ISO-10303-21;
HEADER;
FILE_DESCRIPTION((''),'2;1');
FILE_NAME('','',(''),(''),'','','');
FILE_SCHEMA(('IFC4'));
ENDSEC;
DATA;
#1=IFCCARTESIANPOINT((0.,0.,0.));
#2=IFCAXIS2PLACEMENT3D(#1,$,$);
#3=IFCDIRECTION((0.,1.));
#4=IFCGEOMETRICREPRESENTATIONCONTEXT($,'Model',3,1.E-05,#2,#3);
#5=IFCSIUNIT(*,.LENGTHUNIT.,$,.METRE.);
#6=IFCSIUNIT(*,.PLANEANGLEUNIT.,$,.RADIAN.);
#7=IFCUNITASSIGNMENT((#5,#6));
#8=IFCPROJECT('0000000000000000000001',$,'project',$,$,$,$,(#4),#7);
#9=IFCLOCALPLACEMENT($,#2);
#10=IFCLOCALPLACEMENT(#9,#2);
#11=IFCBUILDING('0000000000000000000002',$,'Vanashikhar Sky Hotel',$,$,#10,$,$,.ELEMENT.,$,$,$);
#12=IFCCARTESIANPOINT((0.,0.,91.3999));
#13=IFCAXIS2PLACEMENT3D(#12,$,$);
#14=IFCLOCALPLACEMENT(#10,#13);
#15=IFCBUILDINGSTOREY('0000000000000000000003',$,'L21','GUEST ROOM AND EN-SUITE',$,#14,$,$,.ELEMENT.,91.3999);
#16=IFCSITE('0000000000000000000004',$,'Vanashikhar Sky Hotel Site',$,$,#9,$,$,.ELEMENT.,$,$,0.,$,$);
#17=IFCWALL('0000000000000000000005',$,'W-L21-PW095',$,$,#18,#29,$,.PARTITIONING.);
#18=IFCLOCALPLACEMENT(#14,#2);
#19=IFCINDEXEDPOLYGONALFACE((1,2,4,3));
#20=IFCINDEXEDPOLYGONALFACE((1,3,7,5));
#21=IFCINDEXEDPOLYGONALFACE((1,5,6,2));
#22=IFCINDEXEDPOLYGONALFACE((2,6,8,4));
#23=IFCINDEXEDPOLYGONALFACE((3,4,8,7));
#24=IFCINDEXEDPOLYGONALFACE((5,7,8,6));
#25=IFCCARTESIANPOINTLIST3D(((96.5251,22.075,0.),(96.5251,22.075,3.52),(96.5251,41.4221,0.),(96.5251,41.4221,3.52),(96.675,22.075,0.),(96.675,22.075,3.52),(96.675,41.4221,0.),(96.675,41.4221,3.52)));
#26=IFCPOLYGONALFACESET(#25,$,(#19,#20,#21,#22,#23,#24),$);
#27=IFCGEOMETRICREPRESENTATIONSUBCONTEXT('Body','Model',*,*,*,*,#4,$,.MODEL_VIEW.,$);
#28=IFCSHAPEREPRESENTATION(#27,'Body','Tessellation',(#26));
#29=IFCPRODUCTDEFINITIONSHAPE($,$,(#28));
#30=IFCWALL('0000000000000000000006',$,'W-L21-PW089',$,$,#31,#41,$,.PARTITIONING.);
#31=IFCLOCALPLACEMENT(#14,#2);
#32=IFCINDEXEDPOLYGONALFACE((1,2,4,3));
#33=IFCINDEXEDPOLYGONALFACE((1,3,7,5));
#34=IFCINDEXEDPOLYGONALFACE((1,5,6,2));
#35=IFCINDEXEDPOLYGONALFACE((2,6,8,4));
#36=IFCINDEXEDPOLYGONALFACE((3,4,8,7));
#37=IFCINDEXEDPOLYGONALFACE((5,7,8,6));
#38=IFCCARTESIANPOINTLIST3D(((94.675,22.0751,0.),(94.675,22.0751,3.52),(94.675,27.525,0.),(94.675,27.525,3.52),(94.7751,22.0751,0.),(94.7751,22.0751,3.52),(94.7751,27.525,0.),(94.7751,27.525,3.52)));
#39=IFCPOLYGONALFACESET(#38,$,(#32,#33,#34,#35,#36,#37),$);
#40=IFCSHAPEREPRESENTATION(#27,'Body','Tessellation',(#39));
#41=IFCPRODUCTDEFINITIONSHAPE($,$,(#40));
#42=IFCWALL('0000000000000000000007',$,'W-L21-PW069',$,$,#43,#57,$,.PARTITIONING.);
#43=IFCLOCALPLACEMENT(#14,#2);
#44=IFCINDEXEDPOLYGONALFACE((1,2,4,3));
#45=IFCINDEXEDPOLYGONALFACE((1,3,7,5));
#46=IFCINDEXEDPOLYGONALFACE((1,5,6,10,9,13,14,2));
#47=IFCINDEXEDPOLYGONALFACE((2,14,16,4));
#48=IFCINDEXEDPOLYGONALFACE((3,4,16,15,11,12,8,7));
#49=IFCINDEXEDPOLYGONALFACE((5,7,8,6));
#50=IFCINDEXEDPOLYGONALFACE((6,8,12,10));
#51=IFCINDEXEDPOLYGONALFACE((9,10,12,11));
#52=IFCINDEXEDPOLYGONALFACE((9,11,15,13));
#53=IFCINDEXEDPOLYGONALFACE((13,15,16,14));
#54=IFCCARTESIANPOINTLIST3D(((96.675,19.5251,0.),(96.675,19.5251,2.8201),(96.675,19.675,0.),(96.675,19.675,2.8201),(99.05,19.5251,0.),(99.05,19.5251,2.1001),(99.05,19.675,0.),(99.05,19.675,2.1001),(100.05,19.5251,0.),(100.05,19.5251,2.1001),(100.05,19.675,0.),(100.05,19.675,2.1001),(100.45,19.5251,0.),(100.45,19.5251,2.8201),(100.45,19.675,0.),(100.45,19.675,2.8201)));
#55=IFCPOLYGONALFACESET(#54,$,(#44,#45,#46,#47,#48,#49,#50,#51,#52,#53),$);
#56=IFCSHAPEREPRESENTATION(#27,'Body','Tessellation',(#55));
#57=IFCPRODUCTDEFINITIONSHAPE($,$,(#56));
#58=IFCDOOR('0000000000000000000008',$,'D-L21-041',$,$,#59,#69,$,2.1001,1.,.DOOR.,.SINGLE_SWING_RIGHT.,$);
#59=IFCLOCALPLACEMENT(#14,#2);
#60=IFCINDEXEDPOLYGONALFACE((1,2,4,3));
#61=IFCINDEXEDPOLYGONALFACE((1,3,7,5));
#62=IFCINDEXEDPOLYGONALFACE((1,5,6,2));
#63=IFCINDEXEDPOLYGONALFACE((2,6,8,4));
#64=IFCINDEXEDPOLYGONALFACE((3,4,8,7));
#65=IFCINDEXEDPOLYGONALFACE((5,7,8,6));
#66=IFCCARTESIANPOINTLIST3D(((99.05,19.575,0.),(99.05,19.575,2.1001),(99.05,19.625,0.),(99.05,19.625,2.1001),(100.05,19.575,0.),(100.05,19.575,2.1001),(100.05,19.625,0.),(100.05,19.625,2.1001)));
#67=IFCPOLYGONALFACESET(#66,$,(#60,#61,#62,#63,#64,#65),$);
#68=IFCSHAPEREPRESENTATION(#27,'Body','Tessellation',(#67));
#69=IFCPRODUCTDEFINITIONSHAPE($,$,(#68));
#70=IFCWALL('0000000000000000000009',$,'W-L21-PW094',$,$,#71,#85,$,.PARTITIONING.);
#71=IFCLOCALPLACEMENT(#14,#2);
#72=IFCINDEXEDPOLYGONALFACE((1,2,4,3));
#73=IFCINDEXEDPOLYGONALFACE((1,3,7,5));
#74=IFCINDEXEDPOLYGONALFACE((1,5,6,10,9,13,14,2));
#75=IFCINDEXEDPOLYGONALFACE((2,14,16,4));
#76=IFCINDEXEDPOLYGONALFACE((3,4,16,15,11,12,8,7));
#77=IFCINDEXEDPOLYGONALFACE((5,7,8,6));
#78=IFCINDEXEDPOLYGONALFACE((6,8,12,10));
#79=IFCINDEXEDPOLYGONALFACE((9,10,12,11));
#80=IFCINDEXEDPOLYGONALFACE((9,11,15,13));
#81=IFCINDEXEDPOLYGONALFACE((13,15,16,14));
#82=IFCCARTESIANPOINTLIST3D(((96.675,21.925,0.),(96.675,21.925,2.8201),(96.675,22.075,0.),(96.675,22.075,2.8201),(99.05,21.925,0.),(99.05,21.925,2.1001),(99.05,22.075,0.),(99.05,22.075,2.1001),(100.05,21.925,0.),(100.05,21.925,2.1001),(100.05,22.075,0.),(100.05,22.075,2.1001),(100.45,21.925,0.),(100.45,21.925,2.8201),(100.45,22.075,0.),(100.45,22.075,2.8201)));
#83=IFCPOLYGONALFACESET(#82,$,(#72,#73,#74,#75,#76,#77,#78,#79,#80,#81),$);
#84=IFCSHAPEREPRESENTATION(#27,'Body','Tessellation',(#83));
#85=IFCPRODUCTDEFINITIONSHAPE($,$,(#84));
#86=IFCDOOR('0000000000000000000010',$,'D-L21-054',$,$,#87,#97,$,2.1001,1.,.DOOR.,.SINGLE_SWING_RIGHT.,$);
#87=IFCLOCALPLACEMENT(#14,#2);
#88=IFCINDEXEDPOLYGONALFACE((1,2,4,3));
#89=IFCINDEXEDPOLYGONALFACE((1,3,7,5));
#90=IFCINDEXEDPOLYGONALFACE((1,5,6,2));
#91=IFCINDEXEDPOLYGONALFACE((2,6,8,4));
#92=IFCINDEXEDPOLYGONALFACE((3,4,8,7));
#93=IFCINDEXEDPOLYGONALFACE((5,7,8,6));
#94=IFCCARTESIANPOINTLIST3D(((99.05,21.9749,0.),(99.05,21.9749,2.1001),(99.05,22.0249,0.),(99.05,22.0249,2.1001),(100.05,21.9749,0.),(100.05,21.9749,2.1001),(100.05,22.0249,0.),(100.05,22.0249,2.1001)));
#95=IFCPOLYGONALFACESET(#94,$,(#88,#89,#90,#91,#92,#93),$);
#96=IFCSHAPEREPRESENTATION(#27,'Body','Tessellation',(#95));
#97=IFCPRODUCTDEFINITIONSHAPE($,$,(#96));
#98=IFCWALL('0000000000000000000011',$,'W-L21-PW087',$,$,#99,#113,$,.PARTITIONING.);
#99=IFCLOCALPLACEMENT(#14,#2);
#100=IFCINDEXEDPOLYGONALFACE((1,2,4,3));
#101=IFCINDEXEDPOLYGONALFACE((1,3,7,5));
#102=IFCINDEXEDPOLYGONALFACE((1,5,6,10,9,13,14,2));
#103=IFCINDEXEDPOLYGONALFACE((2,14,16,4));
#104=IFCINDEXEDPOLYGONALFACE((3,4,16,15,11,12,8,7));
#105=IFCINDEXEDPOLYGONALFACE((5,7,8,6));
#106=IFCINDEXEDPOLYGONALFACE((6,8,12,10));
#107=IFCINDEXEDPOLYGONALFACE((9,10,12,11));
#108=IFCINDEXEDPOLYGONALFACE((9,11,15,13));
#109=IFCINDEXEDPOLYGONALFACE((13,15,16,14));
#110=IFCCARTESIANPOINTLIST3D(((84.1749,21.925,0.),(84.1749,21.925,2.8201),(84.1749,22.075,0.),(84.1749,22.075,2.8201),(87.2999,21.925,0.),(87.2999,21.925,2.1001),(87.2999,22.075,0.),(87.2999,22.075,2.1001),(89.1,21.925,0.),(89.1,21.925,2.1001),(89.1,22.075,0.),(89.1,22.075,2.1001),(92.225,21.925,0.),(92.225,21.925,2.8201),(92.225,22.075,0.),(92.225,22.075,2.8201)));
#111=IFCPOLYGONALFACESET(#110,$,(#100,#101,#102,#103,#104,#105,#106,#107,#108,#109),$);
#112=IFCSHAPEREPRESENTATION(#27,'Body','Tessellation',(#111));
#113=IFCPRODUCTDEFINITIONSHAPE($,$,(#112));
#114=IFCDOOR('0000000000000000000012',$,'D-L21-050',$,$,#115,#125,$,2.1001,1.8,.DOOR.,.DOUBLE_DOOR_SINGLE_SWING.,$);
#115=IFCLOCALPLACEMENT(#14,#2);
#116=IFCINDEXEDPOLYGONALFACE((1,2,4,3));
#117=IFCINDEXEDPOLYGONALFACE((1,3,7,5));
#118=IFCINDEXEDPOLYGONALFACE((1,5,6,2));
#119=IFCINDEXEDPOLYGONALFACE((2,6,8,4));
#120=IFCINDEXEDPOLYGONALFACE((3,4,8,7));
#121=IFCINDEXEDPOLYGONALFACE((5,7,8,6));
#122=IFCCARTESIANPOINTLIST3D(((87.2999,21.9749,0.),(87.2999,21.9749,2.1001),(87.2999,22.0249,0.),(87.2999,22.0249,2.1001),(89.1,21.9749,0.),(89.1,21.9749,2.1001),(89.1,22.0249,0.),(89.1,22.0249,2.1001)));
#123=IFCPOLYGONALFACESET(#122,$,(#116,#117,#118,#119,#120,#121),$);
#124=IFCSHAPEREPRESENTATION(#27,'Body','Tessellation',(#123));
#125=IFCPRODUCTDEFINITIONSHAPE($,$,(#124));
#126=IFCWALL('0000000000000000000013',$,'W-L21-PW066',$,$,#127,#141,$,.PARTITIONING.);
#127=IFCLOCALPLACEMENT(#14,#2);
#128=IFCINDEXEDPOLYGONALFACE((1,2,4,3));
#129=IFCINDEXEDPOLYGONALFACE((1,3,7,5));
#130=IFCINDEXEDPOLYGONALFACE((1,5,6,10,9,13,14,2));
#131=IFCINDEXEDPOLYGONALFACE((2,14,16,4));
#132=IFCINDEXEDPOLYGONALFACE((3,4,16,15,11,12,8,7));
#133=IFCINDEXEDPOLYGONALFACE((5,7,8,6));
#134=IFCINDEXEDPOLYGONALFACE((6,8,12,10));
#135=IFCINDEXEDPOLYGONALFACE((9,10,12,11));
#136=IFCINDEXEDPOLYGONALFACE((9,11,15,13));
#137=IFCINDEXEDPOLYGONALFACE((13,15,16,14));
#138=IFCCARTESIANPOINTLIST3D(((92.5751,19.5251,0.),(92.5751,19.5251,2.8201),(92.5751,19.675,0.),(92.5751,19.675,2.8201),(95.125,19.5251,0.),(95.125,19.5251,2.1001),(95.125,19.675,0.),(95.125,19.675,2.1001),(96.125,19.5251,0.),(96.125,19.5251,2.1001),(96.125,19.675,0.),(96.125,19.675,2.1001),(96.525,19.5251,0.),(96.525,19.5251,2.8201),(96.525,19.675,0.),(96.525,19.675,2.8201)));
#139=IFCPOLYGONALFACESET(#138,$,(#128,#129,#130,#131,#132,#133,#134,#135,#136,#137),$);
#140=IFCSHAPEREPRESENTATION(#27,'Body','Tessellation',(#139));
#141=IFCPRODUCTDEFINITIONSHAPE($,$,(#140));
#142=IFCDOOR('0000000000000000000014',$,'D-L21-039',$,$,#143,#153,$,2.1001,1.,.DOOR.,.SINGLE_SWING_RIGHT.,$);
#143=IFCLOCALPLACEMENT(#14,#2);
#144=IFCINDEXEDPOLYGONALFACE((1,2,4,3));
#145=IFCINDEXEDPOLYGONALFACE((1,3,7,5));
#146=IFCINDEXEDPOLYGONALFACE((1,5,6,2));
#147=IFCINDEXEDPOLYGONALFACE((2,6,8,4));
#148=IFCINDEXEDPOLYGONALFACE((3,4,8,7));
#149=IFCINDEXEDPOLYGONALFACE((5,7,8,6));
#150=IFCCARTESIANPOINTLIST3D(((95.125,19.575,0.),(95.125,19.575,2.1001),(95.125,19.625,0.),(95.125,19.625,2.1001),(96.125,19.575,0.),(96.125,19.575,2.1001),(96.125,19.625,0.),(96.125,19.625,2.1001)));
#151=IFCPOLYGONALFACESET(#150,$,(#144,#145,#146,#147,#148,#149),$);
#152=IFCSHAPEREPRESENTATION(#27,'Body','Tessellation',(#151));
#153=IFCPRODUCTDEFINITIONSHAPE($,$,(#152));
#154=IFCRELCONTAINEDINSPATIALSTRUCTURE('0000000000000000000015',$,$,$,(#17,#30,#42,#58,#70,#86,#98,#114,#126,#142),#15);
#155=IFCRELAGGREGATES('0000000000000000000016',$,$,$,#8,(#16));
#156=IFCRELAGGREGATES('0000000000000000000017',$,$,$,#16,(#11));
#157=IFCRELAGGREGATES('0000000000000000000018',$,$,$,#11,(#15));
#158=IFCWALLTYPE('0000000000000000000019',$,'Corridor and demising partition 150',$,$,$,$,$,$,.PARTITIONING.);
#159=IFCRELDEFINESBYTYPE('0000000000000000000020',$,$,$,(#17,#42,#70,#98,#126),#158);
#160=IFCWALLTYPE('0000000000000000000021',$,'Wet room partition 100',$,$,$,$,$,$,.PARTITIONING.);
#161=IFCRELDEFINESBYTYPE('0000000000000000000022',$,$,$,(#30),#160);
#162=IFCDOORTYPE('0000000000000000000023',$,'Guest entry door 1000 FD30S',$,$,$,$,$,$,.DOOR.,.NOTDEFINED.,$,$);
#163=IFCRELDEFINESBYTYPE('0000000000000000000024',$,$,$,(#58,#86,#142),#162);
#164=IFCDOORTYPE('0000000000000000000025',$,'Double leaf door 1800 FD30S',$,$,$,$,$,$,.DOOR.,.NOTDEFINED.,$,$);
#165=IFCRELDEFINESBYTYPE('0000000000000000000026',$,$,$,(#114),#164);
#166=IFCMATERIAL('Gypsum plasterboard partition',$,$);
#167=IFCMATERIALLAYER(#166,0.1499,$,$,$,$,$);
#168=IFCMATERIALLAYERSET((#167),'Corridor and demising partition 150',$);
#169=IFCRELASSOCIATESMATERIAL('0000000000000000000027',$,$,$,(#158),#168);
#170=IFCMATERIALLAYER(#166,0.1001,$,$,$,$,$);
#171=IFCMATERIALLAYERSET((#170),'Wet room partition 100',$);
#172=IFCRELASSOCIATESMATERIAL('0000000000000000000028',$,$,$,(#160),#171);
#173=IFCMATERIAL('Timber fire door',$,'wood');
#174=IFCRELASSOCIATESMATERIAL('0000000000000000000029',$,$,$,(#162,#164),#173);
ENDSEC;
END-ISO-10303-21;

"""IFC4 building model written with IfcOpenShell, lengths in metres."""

from ifc_helpers import new_model, si_unit, direction, frame, frame_2d, origin, place, context, subcontext, project, spatial, rectangle, extrude, source, transform, mapped, material, layer, layer_set, type_object, element, fill, save


model = new_model("IFC4")

# Units and contexts
model_context = context("Model", 3, precision=1e-05, world=origin(), true_north=direction((0.0, 1.0)))
body_context = subcontext(model_context, "Body", "Model", "MODEL_VIEW")
ifc_project = project(units=[si_unit("LENGTHUNIT", "METRE"), si_unit("PLANEANGLEUNIT", "RADIAN")], contexts=[model_context])

# Site, building, storey
site_placement = place(None, origin())
site = spatial("IfcSite", under=ifc_project, at=site_placement, Name="Vanashikhar Sky Hotel Site", CompositionType="ELEMENT", RefElevation=0.0)
building_placement = place(site_placement, origin())
building = spatial("IfcBuilding", under=site, at=building_placement, Name="Vanashikhar Sky Hotel", CompositionType="ELEMENT")
storey_placement = place(building_placement, frame((0.0, 0.0, 91.3999)))
storey = spatial("IfcBuildingStorey", under=building, at=storey_placement, Name="L21", Description="GUEST ROOM AND EN-SUITE", CompositionType="ELEMENT", Elevation=91.3999)

# Walls
ifc_material_1 = material(Name="Gypsum plasterboard partition")
ifc_layer_1 = layer(ifc_material_1, 0.1499)
ifc_layer_set_1 = layer_set([ifc_layer_1], Name="Corridor and demising partition 150")
wall_type_1 = type_object("IfcWallType", Name="Corridor and demising partition 150", PredefinedType="PARTITIONING", material=ifc_layer_set_1)
shared_shape_1 = source(origin(), body_context, "Body", "SweptSolid", [
    extrude(rectangle(XDim=19.3472, YDim=0.1499, at=frame_2d((9.6736, 0.0))), origin(), (0.0, 0.0, 1.0), 3.52),
])
wall_1_placement = place(storey_placement, frame((96.6001, 22.075, 0.0), z_axis=(0.0, 0.0, 1.0), x_axis=(0.0, 1.0, 0.0)))
element("IfcWall", 1, at=wall_1_placement, inside=storey, type_object=wall_type_1, Name="W-L21-PW095", PredefinedType="PARTITIONING", context=body_context, shape_type="MappedRepresentation", body=[
    mapped(shared_shape_1, transform((0.0, 0.0, 0.0), scale=1.0)),
])
ifc_layer_2 = layer(ifc_material_1, 0.1001)
ifc_layer_set_2 = layer_set([ifc_layer_2], Name="Wet room partition 100")
wall_type_2 = type_object("IfcWallType", Name="Wet room partition 100", PredefinedType="PARTITIONING", material=ifc_layer_set_2)
shared_shape_2 = source(origin(), body_context, "Body", "SweptSolid", [
    extrude(rectangle(XDim=5.45, YDim=0.1001, at=frame_2d((2.7251, 0.0))), origin(), (0.0, 0.0, 1.0), 3.52),
])
wall_2_placement = place(storey_placement, frame((94.7251, 22.075, 0.0), z_axis=(0.0, 0.0, 1.0), x_axis=(0.0, 1.0, 0.0)))
element("IfcWall", 2, at=wall_2_placement, inside=storey, type_object=wall_type_2, Name="W-L21-PW089", PredefinedType="PARTITIONING", context=body_context, shape_type="MappedRepresentation", body=[
    mapped(shared_shape_2, transform((0.0, 0.0, 0.0), scale=1.0)),
])

# Walls, openings, doors
shared_shape_3 = source(origin(), body_context, "Body", "SweptSolid", [
    extrude(rectangle(XDim=3.7749, YDim=0.1499, at=frame_2d((1.8875, 0.0))), origin(), (0.0, 0.0, 1.0), 2.8201),
])
wall_3_placement = place(storey_placement, frame((96.675, 19.6001, 0.0), z_axis=(0.0, 0.0, 1.0), x_axis=(1.0, 0.0, 0.0)))
wall_3 = element("IfcWall", 3, at=wall_3_placement, inside=storey, type_object=wall_type_1, Name="W-L21-PW069", PredefinedType="PARTITIONING", context=body_context, shape_type="MappedRepresentation", body=[
    mapped(shared_shape_3, transform((0.0, 0.0, 0.0), scale=1.0)),
])
shared_shape_4 = source(origin(), body_context, "Body", "SweptSolid", [
    extrude(rectangle(XDim=1.0, YDim=2.1001, at=frame_2d((0.5, 1.05))), frame((0.0, 0.085, 0.0), z_axis=(0.0, -1.0, 0.0), x_axis=(1.0, 0.0, 0.0)), (0.0, 0.0, 1.0), 0.1699),
])
opening_1_placement = place(wall_3_placement, frame((2.375, 0.0, 0.0)))
opening_1 = element("IfcOpeningElement", 4, at=opening_1_placement, cuts=wall_3, PredefinedType="OPENING", context=body_context, shape_type="MappedRepresentation", body=[
    mapped(shared_shape_4, transform((0.0, 0.0, 0.0), scale=1.0)),
])
ifc_material_2 = material(Name="Timber fire door", Category="wood")
door_type_1 = type_object("IfcDoorType", Name="Guest entry door 1000 FD30S", OperationType="NOTDEFINED", PredefinedType="DOOR", material=ifc_material_2)
shared_shape_5 = source(origin(), body_context, "Body", "SweptSolid", [
    extrude(rectangle(XDim=1.0, YDim=2.1001, at=frame_2d((0.5, 1.05))), frame((0.0, 0.0249, 0.0), z_axis=(0.0, -1.0, 0.0), x_axis=(1.0, 0.0, 0.0)), (0.0, 0.0, 1.0), 0.05),
])
door_1_placement = place(opening_1_placement, origin())
door_1 = element("IfcDoor", 5, at=door_1_placement, inside=storey, type_object=door_type_1, Name="D-L21-041", OperationType="SINGLE_SWING_RIGHT", OverallHeight=2.1001, OverallWidth=1.0, PredefinedType="DOOR", context=body_context, shape_type="MappedRepresentation", body=[
    mapped(shared_shape_5, transform((0.0, 0.0, 0.0), scale=1.0)),
])
fill(opening_1, door_1)
wall_4_placement = place(storey_placement, frame((96.675, 22.0, 0.0), z_axis=(0.0, 0.0, 1.0), x_axis=(1.0, 0.0, 0.0)))
wall_4 = element("IfcWall", 6, at=wall_4_placement, inside=storey, type_object=wall_type_1, Name="W-L21-PW094", PredefinedType="PARTITIONING", context=body_context, shape_type="MappedRepresentation", body=[
    mapped(shared_shape_3, transform((0.0, 0.0, 0.0), scale=1.0)),
])
opening_2_placement = place(wall_4_placement, frame((2.375, 0.0, 0.0)))
opening_2 = element("IfcOpeningElement", 7, at=opening_2_placement, cuts=wall_4, PredefinedType="OPENING", context=body_context, shape_type="MappedRepresentation", body=[
    mapped(shared_shape_4, transform((0.0, 0.0, 0.0), scale=1.0)),
])
door_2_placement = place(opening_2_placement, origin())
door_2 = element("IfcDoor", 8, at=door_2_placement, inside=storey, type_object=door_type_1, Name="D-L21-054", OperationType="SINGLE_SWING_RIGHT", OverallHeight=2.1001, OverallWidth=1.0, PredefinedType="DOOR", context=body_context, shape_type="MappedRepresentation", body=[
    mapped(shared_shape_5, transform((0.0, 0.0, 0.0), scale=1.0)),
])
fill(opening_2, door_2)
shared_shape_6 = source(origin(), body_context, "Body", "SweptSolid", [
    extrude(rectangle(XDim=8.05, YDim=0.1499, at=frame_2d((4.0249, 0.0))), origin(), (0.0, 0.0, 1.0), 2.8201),
])
wall_5_placement = place(storey_placement, frame((84.175, 22.0, 0.0), z_axis=(0.0, 0.0, 1.0), x_axis=(1.0, 0.0, 0.0)))
wall_5 = element("IfcWall", 9, at=wall_5_placement, inside=storey, type_object=wall_type_1, Name="W-L21-PW087", PredefinedType="PARTITIONING", context=body_context, shape_type="MappedRepresentation", body=[
    mapped(shared_shape_6, transform((0.0, 0.0, 0.0), scale=1.0)),
])
shared_shape_7 = source(origin(), body_context, "Body", "SweptSolid", [
    extrude(rectangle(XDim=1.8, YDim=2.1001, at=frame_2d((0.8999, 1.05))), frame((0.0, 0.085, 0.0), z_axis=(0.0, -1.0, 0.0), x_axis=(1.0, 0.0, 0.0)), (0.0, 0.0, 1.0), 0.1699),
])
opening_3_placement = place(wall_5_placement, frame((3.125, 0.0, 0.0)))
opening_3 = element("IfcOpeningElement", 10, at=opening_3_placement, cuts=wall_5, PredefinedType="OPENING", context=body_context, shape_type="MappedRepresentation", body=[
    mapped(shared_shape_7, transform((0.0, 0.0, 0.0), scale=1.0)),
])
door_type_2 = type_object("IfcDoorType", Name="Double leaf door 1800 FD30S", OperationType="NOTDEFINED", PredefinedType="DOOR", material=ifc_material_2)
shared_shape_8 = source(origin(), body_context, "Body", "SweptSolid", [
    extrude(rectangle(XDim=1.8, YDim=2.1001, at=frame_2d((0.8999, 1.05))), frame((0.0, 0.0249, 0.0), z_axis=(0.0, -1.0, 0.0), x_axis=(1.0, 0.0, 0.0)), (0.0, 0.0, 1.0), 0.05),
])
door_3_placement = place(opening_3_placement, origin())
door_3 = element("IfcDoor", 11, at=door_3_placement, inside=storey, type_object=door_type_2, Name="D-L21-050", OperationType="DOUBLE_DOOR_SINGLE_SWING", OverallHeight=2.1001, OverallWidth=1.8, PredefinedType="DOOR", context=body_context, shape_type="MappedRepresentation", body=[
    mapped(shared_shape_8, transform((0.0, 0.0, 0.0), scale=1.0)),
])
fill(opening_3, door_3)
shared_shape_9 = source(origin(), body_context, "Body", "SweptSolid", [
    extrude(rectangle(XDim=3.95, YDim=0.1499, at=frame_2d((1.9751, 0.0))), origin(), (0.0, 0.0, 1.0), 2.8201),
])
wall_6_placement = place(storey_placement, frame((92.575, 19.6001, 0.0), z_axis=(0.0, 0.0, 1.0), x_axis=(1.0, 0.0, 0.0)))
wall_6 = element("IfcWall", 12, at=wall_6_placement, inside=storey, type_object=wall_type_1, Name="W-L21-PW066", PredefinedType="PARTITIONING", context=body_context, shape_type="MappedRepresentation", body=[
    mapped(shared_shape_9, transform((0.0, 0.0, 0.0), scale=1.0)),
])
opening_4_placement = place(wall_6_placement, frame((2.55, 0.0, 0.0)))
opening_4 = element("IfcOpeningElement", 13, at=opening_4_placement, cuts=wall_6, PredefinedType="OPENING", context=body_context, shape_type="MappedRepresentation", body=[
    mapped(shared_shape_4, transform((0.0, 0.0, 0.0), scale=1.0)),
])
door_4_placement = place(opening_4_placement, origin())
door_4 = element("IfcDoor", 14, at=door_4_placement, inside=storey, type_object=door_type_1, Name="D-L21-039", OperationType="SINGLE_SWING_RIGHT", OverallHeight=2.1001, OverallWidth=1.0, PredefinedType="DOOR", context=body_context, shape_type="MappedRepresentation", body=[
    mapped(shared_shape_5, transform((0.0, 0.0, 0.0), scale=1.0)),
])
fill(opening_4, door_4)

save(model, "model.ifc")
